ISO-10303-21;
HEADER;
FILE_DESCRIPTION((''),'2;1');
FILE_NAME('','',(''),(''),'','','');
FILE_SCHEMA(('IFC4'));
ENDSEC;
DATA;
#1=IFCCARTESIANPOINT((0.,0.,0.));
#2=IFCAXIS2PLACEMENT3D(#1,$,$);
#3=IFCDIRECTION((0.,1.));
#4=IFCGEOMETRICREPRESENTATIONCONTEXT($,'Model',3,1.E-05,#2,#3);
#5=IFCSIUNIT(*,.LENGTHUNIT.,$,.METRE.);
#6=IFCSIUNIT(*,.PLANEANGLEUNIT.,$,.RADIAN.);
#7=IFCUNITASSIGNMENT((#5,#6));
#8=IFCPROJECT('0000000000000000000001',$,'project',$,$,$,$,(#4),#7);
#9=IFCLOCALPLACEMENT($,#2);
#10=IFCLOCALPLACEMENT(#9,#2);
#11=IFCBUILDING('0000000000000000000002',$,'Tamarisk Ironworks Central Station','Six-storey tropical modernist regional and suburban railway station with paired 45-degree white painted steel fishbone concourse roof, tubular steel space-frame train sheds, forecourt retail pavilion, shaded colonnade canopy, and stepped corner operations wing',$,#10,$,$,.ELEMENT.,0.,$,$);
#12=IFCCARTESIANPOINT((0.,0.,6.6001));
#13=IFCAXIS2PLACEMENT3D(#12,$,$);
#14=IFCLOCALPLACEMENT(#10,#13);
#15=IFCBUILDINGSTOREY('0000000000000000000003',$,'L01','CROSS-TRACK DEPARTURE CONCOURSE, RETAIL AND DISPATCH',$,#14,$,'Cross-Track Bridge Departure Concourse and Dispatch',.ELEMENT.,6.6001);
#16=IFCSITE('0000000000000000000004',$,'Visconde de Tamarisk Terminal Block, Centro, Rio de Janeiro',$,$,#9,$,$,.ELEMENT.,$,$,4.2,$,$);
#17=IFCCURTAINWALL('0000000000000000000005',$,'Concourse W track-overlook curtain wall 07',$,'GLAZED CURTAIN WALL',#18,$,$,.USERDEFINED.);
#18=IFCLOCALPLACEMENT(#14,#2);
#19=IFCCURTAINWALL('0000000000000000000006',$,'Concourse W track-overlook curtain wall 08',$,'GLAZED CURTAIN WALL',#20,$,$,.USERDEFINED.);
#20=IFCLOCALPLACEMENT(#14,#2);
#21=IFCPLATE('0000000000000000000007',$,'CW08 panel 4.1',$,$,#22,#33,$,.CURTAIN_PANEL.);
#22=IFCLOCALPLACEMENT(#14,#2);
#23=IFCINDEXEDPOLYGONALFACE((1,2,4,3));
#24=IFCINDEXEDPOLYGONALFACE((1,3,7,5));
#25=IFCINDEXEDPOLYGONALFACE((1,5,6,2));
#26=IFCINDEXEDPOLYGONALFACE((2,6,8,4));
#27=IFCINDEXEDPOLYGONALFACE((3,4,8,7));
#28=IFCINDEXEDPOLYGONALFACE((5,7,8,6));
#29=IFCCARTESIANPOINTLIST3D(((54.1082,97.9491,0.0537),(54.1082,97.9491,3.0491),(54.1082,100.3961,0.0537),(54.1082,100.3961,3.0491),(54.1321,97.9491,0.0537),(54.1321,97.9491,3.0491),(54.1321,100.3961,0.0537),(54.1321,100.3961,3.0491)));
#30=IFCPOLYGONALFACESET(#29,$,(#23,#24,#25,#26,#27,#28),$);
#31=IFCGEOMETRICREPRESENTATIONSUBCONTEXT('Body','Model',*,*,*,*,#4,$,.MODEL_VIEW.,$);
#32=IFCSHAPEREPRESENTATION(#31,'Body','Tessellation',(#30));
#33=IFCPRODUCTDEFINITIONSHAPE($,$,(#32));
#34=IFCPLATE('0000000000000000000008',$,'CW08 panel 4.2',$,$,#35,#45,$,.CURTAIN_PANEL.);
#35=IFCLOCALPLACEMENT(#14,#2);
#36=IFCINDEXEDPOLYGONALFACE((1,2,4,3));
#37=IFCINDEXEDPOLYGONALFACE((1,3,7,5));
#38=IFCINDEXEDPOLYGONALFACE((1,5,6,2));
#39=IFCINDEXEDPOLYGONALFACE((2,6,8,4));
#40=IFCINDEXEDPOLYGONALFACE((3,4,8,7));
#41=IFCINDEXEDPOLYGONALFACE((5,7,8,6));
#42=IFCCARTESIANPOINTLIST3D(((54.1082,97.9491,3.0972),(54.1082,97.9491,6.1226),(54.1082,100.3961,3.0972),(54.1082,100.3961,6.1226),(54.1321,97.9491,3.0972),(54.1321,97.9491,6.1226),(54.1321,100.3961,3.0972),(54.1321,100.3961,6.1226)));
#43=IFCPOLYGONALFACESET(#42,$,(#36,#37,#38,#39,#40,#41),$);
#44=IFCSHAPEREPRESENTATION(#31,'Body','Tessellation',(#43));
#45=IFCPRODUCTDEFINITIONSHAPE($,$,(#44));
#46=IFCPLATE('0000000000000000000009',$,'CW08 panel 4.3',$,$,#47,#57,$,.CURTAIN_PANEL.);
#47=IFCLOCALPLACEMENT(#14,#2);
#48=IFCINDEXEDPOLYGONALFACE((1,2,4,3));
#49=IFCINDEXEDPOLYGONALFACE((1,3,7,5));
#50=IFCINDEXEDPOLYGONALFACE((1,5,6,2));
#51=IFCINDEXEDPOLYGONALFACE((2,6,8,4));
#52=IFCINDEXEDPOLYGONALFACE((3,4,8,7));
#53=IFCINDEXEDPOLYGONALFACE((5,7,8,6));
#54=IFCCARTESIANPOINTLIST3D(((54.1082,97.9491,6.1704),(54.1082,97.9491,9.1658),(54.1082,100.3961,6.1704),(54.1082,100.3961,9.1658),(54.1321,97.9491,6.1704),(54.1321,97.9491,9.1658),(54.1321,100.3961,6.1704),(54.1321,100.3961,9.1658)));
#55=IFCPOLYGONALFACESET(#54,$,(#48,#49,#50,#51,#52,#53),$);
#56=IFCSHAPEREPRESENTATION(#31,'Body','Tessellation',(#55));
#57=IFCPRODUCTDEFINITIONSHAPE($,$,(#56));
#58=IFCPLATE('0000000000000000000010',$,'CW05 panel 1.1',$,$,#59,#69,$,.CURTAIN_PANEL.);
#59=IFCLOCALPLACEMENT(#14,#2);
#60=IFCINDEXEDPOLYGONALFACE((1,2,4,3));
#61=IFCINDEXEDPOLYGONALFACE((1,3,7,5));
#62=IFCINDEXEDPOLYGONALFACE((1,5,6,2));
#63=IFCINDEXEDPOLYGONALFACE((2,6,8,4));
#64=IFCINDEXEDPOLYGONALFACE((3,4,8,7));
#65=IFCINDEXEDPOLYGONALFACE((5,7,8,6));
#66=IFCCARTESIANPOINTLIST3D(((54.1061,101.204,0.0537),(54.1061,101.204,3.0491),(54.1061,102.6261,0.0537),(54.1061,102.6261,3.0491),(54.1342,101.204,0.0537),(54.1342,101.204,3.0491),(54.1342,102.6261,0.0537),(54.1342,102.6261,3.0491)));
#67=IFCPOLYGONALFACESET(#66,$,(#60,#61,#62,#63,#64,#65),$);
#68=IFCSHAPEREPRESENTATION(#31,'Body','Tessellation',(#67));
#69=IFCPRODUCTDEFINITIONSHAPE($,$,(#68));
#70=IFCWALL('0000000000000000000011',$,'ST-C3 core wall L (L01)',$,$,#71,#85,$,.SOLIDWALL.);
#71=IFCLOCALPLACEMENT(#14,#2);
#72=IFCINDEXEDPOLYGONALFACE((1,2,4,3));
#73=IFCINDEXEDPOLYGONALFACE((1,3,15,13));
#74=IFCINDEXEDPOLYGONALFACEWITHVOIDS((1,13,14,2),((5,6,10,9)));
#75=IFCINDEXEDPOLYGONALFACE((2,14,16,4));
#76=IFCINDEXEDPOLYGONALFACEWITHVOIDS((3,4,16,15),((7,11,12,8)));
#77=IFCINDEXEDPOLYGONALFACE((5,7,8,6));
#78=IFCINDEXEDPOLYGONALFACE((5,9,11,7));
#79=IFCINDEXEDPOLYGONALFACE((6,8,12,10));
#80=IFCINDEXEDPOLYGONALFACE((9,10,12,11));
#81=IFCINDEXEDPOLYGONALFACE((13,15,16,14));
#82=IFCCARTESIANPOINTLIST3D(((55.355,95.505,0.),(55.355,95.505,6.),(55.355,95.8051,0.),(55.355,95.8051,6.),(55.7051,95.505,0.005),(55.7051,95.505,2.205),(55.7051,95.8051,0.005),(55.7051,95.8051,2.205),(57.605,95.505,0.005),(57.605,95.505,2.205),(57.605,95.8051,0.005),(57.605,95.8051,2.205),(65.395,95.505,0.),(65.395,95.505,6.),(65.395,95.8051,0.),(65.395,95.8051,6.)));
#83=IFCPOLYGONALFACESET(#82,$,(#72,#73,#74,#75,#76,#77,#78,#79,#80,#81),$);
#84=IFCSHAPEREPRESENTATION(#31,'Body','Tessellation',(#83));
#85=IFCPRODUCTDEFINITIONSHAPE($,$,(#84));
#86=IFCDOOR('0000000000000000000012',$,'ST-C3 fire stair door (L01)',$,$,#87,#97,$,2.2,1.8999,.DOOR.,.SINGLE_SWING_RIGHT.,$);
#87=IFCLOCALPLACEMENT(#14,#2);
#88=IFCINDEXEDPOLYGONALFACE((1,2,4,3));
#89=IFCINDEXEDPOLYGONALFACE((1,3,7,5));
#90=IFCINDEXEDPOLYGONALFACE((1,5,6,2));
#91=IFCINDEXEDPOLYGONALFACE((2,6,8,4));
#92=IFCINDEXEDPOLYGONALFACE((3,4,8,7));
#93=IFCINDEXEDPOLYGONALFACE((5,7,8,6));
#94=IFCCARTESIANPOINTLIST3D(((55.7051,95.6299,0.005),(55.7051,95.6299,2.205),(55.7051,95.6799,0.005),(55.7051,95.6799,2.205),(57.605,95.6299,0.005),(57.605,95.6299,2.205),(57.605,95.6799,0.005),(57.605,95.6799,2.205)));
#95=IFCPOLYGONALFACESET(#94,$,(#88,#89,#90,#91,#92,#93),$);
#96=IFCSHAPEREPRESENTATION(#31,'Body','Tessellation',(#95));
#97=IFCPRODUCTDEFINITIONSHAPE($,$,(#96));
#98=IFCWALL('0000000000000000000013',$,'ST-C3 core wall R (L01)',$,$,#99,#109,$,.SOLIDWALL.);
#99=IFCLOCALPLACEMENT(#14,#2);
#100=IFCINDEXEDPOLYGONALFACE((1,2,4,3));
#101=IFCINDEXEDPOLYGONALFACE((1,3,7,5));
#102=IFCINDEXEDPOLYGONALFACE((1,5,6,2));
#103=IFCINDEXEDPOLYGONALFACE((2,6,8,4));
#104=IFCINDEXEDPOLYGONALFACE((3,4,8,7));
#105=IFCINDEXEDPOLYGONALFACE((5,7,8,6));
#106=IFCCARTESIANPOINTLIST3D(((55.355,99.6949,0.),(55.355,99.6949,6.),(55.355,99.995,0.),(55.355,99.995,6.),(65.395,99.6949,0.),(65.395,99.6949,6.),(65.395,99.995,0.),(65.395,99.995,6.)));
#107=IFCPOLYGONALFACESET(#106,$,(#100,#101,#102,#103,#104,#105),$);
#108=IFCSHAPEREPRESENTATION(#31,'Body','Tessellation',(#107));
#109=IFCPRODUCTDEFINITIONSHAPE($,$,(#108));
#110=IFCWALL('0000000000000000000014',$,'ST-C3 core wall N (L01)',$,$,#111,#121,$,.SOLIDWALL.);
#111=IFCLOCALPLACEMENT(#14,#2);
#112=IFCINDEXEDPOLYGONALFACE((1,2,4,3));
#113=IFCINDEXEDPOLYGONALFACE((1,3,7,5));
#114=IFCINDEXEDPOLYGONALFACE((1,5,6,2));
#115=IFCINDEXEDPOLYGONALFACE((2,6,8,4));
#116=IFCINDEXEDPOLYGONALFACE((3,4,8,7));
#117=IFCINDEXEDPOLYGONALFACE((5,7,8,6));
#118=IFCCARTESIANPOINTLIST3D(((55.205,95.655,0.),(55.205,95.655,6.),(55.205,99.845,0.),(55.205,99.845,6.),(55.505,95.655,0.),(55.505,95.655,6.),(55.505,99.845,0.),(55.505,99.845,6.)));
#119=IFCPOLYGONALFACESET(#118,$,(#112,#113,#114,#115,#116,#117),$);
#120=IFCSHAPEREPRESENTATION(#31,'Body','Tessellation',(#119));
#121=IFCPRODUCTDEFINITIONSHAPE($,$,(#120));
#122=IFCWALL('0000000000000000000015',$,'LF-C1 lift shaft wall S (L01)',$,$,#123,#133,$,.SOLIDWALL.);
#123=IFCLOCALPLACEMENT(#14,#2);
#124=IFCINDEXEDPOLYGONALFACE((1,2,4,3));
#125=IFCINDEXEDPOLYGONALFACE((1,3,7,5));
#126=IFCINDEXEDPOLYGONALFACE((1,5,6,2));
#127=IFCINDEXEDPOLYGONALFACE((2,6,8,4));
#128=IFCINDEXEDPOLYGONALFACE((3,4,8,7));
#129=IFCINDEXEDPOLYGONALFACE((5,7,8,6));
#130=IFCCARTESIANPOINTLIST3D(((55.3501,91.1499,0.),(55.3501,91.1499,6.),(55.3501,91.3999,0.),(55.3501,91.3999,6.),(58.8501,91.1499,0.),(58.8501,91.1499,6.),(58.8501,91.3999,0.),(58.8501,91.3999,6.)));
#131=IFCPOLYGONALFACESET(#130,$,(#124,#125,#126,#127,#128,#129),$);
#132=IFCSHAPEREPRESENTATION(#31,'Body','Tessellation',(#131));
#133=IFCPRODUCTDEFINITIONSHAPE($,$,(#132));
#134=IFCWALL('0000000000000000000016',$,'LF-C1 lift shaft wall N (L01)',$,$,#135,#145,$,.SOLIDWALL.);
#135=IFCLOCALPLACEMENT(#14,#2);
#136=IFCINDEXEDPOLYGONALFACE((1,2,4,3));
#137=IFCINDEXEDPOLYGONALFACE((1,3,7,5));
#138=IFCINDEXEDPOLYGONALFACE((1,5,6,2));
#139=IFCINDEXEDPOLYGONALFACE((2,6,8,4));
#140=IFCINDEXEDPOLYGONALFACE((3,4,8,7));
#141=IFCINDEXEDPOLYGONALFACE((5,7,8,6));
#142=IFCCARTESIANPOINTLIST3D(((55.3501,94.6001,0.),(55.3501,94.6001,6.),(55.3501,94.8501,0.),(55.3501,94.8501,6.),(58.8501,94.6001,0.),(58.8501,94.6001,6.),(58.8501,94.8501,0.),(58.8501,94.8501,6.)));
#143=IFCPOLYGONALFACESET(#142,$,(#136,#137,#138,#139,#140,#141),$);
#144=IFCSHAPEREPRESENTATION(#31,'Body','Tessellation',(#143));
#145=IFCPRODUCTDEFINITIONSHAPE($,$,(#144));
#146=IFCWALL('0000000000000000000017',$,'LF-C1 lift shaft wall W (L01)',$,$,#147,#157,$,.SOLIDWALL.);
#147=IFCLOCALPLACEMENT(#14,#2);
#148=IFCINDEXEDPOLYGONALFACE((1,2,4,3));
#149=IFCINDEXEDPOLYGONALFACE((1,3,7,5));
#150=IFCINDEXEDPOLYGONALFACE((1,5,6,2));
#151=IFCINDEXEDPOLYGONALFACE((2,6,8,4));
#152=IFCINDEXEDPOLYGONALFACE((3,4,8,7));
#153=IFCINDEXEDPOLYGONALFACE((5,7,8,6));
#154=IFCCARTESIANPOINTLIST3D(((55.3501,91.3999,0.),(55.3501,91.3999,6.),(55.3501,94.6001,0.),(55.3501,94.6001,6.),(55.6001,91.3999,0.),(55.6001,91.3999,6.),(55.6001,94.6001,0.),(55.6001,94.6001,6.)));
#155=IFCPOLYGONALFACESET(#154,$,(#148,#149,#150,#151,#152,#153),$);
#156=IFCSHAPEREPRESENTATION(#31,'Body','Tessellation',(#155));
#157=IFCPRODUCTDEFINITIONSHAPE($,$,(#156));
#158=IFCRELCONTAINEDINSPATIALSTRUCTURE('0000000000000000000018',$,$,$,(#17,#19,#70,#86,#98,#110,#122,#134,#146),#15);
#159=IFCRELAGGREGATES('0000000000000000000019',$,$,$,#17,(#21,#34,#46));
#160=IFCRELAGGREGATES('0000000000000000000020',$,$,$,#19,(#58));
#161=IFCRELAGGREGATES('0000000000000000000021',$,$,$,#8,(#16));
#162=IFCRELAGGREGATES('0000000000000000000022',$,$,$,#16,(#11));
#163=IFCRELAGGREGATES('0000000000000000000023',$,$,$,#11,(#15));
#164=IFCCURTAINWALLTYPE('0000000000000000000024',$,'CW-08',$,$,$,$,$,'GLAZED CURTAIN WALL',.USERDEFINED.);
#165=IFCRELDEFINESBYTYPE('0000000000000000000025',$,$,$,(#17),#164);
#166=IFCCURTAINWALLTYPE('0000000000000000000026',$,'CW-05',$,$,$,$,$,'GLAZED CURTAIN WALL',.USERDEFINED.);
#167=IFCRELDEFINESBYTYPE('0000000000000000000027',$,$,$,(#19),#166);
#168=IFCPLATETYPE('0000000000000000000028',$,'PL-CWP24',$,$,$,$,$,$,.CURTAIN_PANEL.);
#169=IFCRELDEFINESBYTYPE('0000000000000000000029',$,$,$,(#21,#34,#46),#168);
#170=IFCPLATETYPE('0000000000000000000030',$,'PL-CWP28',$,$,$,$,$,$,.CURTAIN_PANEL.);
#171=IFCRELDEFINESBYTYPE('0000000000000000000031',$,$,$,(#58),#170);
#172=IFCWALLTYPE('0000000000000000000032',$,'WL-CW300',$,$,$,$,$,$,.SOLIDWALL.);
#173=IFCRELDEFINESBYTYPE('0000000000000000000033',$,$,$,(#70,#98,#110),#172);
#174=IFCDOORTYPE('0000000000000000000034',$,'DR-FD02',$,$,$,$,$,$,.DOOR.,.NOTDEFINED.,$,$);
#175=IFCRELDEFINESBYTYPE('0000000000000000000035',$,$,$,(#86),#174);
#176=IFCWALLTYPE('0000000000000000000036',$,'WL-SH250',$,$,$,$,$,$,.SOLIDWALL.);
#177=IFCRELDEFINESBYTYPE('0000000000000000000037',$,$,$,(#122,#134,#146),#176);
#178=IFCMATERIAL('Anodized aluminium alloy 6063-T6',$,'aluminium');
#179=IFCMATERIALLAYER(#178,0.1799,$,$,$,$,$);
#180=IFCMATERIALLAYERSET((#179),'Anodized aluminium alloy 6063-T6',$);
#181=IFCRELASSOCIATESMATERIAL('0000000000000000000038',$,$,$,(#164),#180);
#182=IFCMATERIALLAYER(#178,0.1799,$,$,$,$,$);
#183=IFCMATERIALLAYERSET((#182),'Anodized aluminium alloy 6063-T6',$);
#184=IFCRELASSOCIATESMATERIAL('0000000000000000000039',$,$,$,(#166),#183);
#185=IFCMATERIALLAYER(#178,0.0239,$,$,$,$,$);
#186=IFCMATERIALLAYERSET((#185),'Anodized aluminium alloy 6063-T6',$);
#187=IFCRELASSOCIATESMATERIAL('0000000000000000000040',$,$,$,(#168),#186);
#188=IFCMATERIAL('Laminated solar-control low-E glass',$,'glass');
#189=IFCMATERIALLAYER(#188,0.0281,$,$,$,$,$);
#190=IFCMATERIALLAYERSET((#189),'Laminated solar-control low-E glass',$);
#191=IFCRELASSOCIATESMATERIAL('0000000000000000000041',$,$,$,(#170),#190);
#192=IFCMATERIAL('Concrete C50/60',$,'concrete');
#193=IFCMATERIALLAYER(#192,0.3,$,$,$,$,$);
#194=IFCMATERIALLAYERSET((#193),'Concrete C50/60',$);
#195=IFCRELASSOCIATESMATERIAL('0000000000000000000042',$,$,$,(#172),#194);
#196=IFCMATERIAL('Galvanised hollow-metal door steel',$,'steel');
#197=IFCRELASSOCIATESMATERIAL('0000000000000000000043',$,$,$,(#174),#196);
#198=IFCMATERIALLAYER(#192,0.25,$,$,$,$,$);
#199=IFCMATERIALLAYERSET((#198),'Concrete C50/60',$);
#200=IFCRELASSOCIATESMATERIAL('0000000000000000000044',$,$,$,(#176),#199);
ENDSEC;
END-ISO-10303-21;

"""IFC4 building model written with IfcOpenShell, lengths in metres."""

from ifc_helpers import new_model, si_unit, direction, frame, frame_2d, origin, origin_2d, place, context, subcontext, project, spatial, rectangle, extrude, material, layer, layer_set, type_object, element, fill, aggregate, save


model = new_model("IFC4")

# Units and contexts
model_context = context("Model", 3, precision=1e-05, world=origin(), true_north=direction((0.0, 1.0)))
body_context = subcontext(model_context, "Body", "Model", "MODEL_VIEW")
ifc_project = project(units=[si_unit("LENGTHUNIT", "METRE"), si_unit("PLANEANGLEUNIT", "RADIAN")], contexts=[model_context])

# Site, building, storey
site_placement = place(None, origin())
site = spatial("IfcSite", under=ifc_project, at=site_placement, Name="Visconde de Tamarisk Terminal Block, Centro, Rio de Janeiro", CompositionType="ELEMENT", RefElevation=4.2)
building_placement = place(site_placement, origin())
building = spatial("IfcBuilding", under=site, at=building_placement, Name="Tamarisk Ironworks Central Station", Description="Six-storey tropical modernist regional and suburban railway station with paired 45-degree white painted steel fishbone concourse roof, tubular steel space-frame train sheds, forecourt retail pavilion, shaded colonnade canopy, and stepped corner operations wing", CompositionType="ELEMENT", ElevationOfRefHeight=0.0)
storey_placement = place(building_placement, frame((0.0, 0.0, 6.6001)))
storey = spatial("IfcBuildingStorey", under=building, at=storey_placement, Name="L01", Description="CROSS-TRACK DEPARTURE CONCOURSE, RETAIL AND DISPATCH", LongName="Cross-Track Bridge Departure Concourse and Dispatch", CompositionType="ELEMENT", Elevation=6.6001)

# Curtain walls
ifc_material_1 = material(Name="Anodized aluminium alloy 6063-T6", Category="aluminium")
ifc_layer_1 = layer(ifc_material_1, 0.1799)
ifc_layer_set_1 = layer_set([ifc_layer_1], Name="Anodized aluminium alloy 6063-T6")
curtain_wall_type_1 = type_object("IfcCurtainWallType", Name="CW-08", ElementType="GLAZED CURTAIN WALL", PredefinedType="USERDEFINED", material=ifc_layer_set_1)
curtain_wall_1_placement = place(storey_placement, origin())
curtain_wall_1 = element("IfcCurtainWall", 1, at=curtain_wall_1_placement, inside=storey, type_object=curtain_wall_type_1, Name="Concourse W track-overlook curtain wall 07", ObjectType="GLAZED CURTAIN WALL", PredefinedType="USERDEFINED")
ifc_layer_2 = layer(ifc_material_1, 0.1799)
ifc_layer_set_2 = layer_set([ifc_layer_2], Name="Anodized aluminium alloy 6063-T6")
curtain_wall_type_2 = type_object("IfcCurtainWallType", Name="CW-05", ElementType="GLAZED CURTAIN WALL", PredefinedType="USERDEFINED", material=ifc_layer_set_2)
curtain_wall_2_placement = place(storey_placement, origin())
curtain_wall_2 = element("IfcCurtainWall", 2, at=curtain_wall_2_placement, inside=storey, type_object=curtain_wall_type_2, Name="Concourse W track-overlook curtain wall 08", ObjectType="GLAZED CURTAIN WALL", PredefinedType="USERDEFINED")

# Plates
ifc_layer_3 = layer(ifc_material_1, 0.0239)
ifc_layer_set_3 = layer_set([ifc_layer_3], Name="Anodized aluminium alloy 6063-T6")
plate_type_1 = type_object("IfcPlateType", Name="PL-CWP24", PredefinedType="CURTAIN_PANEL", material=ifc_layer_set_3)
plate_1_placement = place(storey_placement, frame((54.1201, 99.1726, 0.0537), z_axis=(0.0, 0.0, 1.0), x_axis=(0.0, 1.0, 0.0)))
plate_1 = element("IfcPlate", 3, at=plate_1_placement, type_object=plate_type_1, Name="CW08 panel 4.1", PredefinedType="CURTAIN_PANEL", context=body_context, shape_type="SweptSolid", body=[
    extrude(rectangle(XDim=2.447, YDim=0.0239, at=origin_2d()), origin(), (0.0, 0.0, 1.0), 2.9954),
])
plate_2_placement = place(storey_placement, frame((54.1201, 99.1726, 3.0972), z_axis=(0.0, 0.0, 1.0), x_axis=(0.0, 1.0, 0.0)))
plate_2 = element("IfcPlate", 4, at=plate_2_placement, type_object=plate_type_1, Name="CW08 panel 4.2", PredefinedType="CURTAIN_PANEL", context=body_context, shape_type="SweptSolid", body=[
    extrude(rectangle(XDim=2.447, YDim=0.0239, at=origin_2d()), origin(), (0.0, 0.0, 1.0), 3.0254),
])
plate_3_placement = place(storey_placement, frame((54.1201, 99.1726, 6.1704), z_axis=(0.0, 0.0, 1.0), x_axis=(0.0, 1.0, 0.0)))
plate_3 = element("IfcPlate", 5, at=plate_3_placement, type_object=plate_type_1, Name="CW08 panel 4.3", PredefinedType="CURTAIN_PANEL", context=body_context, shape_type="SweptSolid", body=[
    extrude(rectangle(XDim=2.447, YDim=0.0239, at=origin_2d()), origin(), (0.0, 0.0, 1.0), 2.9954),
])
aggregate(curtain_wall_1, [plate_1, plate_2, plate_3])
ifc_material_2 = material(Name="Laminated solar-control low-E glass", Category="glass")
ifc_layer_4 = layer(ifc_material_2, 0.0281)
ifc_layer_set_4 = layer_set([ifc_layer_4], Name="Laminated solar-control low-E glass")
plate_type_2 = type_object("IfcPlateType", Name="PL-CWP28", PredefinedType="CURTAIN_PANEL", material=ifc_layer_set_4)
plate_4_placement = place(storey_placement, frame((54.1201, 101.915, 0.0537), z_axis=(0.0, 0.0, 1.0), x_axis=(0.0, 1.0, 0.0)))
plate_4 = element("IfcPlate", 6, at=plate_4_placement, type_object=plate_type_2, Name="CW05 panel 1.1", PredefinedType="CURTAIN_PANEL", context=body_context, shape_type="SweptSolid", body=[
    extrude(rectangle(XDim=1.4221, YDim=0.0281, at=origin_2d()), origin(), (0.0, 0.0, 1.0), 2.9954),
])
aggregate(curtain_wall_2, [plate_4])

# Wall, opening, door
ifc_material_3 = material(Name="Concrete C50/60", Category="concrete")
ifc_layer_5 = layer(ifc_material_3, 0.3)
ifc_layer_set_5 = layer_set([ifc_layer_5], Name="Concrete C50/60")
wall_type_1 = type_object("IfcWallType", Name="WL-CW300", PredefinedType="SOLIDWALL", material=ifc_layer_set_5)
wall_1_placement = place(storey_placement, frame((55.355, 95.655, 0.0), z_axis=(0.0, 0.0, 1.0), x_axis=(1.0, 0.0, 0.0)))
wall_1 = element("IfcWall", 7, at=wall_1_placement, inside=storey, type_object=wall_type_1, Name="ST-C3 core wall L (L01)", PredefinedType="SOLIDWALL", context=body_context, shape_type="SweptSolid", body=[
    extrude(rectangle(XDim=10.04, YDim=0.3, at=frame_2d((5.02, 0.0))), origin(), (0.0, 0.0, 1.0), 6.0),
])
opening_placement = place(wall_1_placement, frame((0.3501, 0.0, 0.0049)))
opening = element("IfcOpeningElement", 8, at=opening_placement, cuts=wall_1, PredefinedType="OPENING", context=body_context, shape_type="SweptSolid", body=[
    extrude(rectangle(XDim=1.8999, YDim=2.2, at=frame_2d((0.95, 1.1001))), frame((0.0, 0.1621, 0.0), z_axis=(0.0, -1.0, 0.0), x_axis=(1.0, 0.0, 0.0)), (0.0, 0.0, 1.0), 0.324),
])
ifc_material_4 = material(Name="Galvanised hollow-metal door steel", Category="steel")
door_type = type_object("IfcDoorType", Name="DR-FD02", OperationType="NOTDEFINED", PredefinedType="DOOR", material=ifc_material_4)
door_placement = place(opening_placement, origin())
door = element("IfcDoor", 9, at=door_placement, inside=storey, type_object=door_type, Name="ST-C3 fire stair door (L01)", OperationType="SINGLE_SWING_RIGHT", OverallHeight=2.2, OverallWidth=1.8999, PredefinedType="DOOR", context=body_context, shape_type="SweptSolid", body=[
    extrude(rectangle(XDim=1.8999, YDim=2.2, at=frame_2d((0.95, 1.1001))), frame((0.0, 0.0249, 0.0), z_axis=(0.0, -1.0, 0.0), x_axis=(1.0, 0.0, 0.0)), (0.0, 0.0, 1.0), 0.05),
])
fill(opening, door)

# Walls
wall_2_placement = place(storey_placement, frame((55.355, 99.845, 0.0), z_axis=(0.0, 0.0, 1.0), x_axis=(1.0, 0.0, 0.0)))
element("IfcWall", 10, at=wall_2_placement, inside=storey, type_object=wall_type_1, Name="ST-C3 core wall R (L01)", PredefinedType="SOLIDWALL", context=body_context, shape_type="SweptSolid", body=[
    extrude(rectangle(XDim=10.04, YDim=0.3, at=frame_2d((5.02, 0.0))), origin(), (0.0, 0.0, 1.0), 6.0),
])
wall_3_placement = place(storey_placement, frame((55.355, 95.655, 0.0), z_axis=(0.0, 0.0, 1.0), x_axis=(0.0, 1.0, 0.0)))
element("IfcWall", 11, at=wall_3_placement, inside=storey, type_object=wall_type_1, Name="ST-C3 core wall N (L01)", PredefinedType="SOLIDWALL", context=body_context, shape_type="SweptSolid", body=[
    extrude(rectangle(XDim=4.1899, YDim=0.3, at=frame_2d((2.095, 0.0))), origin(), (0.0, 0.0, 1.0), 6.0),
])
ifc_layer_6 = layer(ifc_material_3, 0.25)
ifc_layer_set_6 = layer_set([ifc_layer_6], Name="Concrete C50/60")
wall_type_2 = type_object("IfcWallType", Name="WL-SH250", PredefinedType="SOLIDWALL", material=ifc_layer_set_6)
for number, where, z_axis, x_axis, name in (
    (12, (55.3501, 91.2749, 0.0), (0.0, 0.0, 1.0), (1.0, 0.0, 0.0), "LF-C1 lift shaft wall S (L01)"),
    (13, (55.3501, 94.7251, 0.0), (0.0, 0.0, 1.0), (1.0, 0.0, 0.0), "LF-C1 lift shaft wall N (L01)"),
):
    element("IfcWall", number, at=place(storey_placement, frame(where, z_axis=z_axis, x_axis=x_axis)), inside=storey, type_object=wall_type_2, Name=name, PredefinedType="SOLIDWALL", context=body_context, shape_type="SweptSolid", body=[
        extrude(rectangle(XDim=3.5, YDim=0.25, at=frame_2d((1.75, 0.0))), origin(), (0.0, 0.0, 1.0), 6.0),
    ])
wall_4_placement = place(storey_placement, frame((55.4751, 91.3999, 0.0), z_axis=(0.0, 0.0, 1.0), x_axis=(0.0, 1.0, 0.0)))
element("IfcWall", 14, at=wall_4_placement, inside=storey, type_object=wall_type_2, Name="LF-C1 lift shaft wall W (L01)", PredefinedType="SOLIDWALL", context=body_context, shape_type="SweptSolid", body=[
    extrude(rectangle(XDim=3.2002, YDim=0.25, at=frame_2d((1.6001, 0.0))), origin(), (0.0, 0.0, 1.0), 6.0),
])

save(model, "model.ifc")
